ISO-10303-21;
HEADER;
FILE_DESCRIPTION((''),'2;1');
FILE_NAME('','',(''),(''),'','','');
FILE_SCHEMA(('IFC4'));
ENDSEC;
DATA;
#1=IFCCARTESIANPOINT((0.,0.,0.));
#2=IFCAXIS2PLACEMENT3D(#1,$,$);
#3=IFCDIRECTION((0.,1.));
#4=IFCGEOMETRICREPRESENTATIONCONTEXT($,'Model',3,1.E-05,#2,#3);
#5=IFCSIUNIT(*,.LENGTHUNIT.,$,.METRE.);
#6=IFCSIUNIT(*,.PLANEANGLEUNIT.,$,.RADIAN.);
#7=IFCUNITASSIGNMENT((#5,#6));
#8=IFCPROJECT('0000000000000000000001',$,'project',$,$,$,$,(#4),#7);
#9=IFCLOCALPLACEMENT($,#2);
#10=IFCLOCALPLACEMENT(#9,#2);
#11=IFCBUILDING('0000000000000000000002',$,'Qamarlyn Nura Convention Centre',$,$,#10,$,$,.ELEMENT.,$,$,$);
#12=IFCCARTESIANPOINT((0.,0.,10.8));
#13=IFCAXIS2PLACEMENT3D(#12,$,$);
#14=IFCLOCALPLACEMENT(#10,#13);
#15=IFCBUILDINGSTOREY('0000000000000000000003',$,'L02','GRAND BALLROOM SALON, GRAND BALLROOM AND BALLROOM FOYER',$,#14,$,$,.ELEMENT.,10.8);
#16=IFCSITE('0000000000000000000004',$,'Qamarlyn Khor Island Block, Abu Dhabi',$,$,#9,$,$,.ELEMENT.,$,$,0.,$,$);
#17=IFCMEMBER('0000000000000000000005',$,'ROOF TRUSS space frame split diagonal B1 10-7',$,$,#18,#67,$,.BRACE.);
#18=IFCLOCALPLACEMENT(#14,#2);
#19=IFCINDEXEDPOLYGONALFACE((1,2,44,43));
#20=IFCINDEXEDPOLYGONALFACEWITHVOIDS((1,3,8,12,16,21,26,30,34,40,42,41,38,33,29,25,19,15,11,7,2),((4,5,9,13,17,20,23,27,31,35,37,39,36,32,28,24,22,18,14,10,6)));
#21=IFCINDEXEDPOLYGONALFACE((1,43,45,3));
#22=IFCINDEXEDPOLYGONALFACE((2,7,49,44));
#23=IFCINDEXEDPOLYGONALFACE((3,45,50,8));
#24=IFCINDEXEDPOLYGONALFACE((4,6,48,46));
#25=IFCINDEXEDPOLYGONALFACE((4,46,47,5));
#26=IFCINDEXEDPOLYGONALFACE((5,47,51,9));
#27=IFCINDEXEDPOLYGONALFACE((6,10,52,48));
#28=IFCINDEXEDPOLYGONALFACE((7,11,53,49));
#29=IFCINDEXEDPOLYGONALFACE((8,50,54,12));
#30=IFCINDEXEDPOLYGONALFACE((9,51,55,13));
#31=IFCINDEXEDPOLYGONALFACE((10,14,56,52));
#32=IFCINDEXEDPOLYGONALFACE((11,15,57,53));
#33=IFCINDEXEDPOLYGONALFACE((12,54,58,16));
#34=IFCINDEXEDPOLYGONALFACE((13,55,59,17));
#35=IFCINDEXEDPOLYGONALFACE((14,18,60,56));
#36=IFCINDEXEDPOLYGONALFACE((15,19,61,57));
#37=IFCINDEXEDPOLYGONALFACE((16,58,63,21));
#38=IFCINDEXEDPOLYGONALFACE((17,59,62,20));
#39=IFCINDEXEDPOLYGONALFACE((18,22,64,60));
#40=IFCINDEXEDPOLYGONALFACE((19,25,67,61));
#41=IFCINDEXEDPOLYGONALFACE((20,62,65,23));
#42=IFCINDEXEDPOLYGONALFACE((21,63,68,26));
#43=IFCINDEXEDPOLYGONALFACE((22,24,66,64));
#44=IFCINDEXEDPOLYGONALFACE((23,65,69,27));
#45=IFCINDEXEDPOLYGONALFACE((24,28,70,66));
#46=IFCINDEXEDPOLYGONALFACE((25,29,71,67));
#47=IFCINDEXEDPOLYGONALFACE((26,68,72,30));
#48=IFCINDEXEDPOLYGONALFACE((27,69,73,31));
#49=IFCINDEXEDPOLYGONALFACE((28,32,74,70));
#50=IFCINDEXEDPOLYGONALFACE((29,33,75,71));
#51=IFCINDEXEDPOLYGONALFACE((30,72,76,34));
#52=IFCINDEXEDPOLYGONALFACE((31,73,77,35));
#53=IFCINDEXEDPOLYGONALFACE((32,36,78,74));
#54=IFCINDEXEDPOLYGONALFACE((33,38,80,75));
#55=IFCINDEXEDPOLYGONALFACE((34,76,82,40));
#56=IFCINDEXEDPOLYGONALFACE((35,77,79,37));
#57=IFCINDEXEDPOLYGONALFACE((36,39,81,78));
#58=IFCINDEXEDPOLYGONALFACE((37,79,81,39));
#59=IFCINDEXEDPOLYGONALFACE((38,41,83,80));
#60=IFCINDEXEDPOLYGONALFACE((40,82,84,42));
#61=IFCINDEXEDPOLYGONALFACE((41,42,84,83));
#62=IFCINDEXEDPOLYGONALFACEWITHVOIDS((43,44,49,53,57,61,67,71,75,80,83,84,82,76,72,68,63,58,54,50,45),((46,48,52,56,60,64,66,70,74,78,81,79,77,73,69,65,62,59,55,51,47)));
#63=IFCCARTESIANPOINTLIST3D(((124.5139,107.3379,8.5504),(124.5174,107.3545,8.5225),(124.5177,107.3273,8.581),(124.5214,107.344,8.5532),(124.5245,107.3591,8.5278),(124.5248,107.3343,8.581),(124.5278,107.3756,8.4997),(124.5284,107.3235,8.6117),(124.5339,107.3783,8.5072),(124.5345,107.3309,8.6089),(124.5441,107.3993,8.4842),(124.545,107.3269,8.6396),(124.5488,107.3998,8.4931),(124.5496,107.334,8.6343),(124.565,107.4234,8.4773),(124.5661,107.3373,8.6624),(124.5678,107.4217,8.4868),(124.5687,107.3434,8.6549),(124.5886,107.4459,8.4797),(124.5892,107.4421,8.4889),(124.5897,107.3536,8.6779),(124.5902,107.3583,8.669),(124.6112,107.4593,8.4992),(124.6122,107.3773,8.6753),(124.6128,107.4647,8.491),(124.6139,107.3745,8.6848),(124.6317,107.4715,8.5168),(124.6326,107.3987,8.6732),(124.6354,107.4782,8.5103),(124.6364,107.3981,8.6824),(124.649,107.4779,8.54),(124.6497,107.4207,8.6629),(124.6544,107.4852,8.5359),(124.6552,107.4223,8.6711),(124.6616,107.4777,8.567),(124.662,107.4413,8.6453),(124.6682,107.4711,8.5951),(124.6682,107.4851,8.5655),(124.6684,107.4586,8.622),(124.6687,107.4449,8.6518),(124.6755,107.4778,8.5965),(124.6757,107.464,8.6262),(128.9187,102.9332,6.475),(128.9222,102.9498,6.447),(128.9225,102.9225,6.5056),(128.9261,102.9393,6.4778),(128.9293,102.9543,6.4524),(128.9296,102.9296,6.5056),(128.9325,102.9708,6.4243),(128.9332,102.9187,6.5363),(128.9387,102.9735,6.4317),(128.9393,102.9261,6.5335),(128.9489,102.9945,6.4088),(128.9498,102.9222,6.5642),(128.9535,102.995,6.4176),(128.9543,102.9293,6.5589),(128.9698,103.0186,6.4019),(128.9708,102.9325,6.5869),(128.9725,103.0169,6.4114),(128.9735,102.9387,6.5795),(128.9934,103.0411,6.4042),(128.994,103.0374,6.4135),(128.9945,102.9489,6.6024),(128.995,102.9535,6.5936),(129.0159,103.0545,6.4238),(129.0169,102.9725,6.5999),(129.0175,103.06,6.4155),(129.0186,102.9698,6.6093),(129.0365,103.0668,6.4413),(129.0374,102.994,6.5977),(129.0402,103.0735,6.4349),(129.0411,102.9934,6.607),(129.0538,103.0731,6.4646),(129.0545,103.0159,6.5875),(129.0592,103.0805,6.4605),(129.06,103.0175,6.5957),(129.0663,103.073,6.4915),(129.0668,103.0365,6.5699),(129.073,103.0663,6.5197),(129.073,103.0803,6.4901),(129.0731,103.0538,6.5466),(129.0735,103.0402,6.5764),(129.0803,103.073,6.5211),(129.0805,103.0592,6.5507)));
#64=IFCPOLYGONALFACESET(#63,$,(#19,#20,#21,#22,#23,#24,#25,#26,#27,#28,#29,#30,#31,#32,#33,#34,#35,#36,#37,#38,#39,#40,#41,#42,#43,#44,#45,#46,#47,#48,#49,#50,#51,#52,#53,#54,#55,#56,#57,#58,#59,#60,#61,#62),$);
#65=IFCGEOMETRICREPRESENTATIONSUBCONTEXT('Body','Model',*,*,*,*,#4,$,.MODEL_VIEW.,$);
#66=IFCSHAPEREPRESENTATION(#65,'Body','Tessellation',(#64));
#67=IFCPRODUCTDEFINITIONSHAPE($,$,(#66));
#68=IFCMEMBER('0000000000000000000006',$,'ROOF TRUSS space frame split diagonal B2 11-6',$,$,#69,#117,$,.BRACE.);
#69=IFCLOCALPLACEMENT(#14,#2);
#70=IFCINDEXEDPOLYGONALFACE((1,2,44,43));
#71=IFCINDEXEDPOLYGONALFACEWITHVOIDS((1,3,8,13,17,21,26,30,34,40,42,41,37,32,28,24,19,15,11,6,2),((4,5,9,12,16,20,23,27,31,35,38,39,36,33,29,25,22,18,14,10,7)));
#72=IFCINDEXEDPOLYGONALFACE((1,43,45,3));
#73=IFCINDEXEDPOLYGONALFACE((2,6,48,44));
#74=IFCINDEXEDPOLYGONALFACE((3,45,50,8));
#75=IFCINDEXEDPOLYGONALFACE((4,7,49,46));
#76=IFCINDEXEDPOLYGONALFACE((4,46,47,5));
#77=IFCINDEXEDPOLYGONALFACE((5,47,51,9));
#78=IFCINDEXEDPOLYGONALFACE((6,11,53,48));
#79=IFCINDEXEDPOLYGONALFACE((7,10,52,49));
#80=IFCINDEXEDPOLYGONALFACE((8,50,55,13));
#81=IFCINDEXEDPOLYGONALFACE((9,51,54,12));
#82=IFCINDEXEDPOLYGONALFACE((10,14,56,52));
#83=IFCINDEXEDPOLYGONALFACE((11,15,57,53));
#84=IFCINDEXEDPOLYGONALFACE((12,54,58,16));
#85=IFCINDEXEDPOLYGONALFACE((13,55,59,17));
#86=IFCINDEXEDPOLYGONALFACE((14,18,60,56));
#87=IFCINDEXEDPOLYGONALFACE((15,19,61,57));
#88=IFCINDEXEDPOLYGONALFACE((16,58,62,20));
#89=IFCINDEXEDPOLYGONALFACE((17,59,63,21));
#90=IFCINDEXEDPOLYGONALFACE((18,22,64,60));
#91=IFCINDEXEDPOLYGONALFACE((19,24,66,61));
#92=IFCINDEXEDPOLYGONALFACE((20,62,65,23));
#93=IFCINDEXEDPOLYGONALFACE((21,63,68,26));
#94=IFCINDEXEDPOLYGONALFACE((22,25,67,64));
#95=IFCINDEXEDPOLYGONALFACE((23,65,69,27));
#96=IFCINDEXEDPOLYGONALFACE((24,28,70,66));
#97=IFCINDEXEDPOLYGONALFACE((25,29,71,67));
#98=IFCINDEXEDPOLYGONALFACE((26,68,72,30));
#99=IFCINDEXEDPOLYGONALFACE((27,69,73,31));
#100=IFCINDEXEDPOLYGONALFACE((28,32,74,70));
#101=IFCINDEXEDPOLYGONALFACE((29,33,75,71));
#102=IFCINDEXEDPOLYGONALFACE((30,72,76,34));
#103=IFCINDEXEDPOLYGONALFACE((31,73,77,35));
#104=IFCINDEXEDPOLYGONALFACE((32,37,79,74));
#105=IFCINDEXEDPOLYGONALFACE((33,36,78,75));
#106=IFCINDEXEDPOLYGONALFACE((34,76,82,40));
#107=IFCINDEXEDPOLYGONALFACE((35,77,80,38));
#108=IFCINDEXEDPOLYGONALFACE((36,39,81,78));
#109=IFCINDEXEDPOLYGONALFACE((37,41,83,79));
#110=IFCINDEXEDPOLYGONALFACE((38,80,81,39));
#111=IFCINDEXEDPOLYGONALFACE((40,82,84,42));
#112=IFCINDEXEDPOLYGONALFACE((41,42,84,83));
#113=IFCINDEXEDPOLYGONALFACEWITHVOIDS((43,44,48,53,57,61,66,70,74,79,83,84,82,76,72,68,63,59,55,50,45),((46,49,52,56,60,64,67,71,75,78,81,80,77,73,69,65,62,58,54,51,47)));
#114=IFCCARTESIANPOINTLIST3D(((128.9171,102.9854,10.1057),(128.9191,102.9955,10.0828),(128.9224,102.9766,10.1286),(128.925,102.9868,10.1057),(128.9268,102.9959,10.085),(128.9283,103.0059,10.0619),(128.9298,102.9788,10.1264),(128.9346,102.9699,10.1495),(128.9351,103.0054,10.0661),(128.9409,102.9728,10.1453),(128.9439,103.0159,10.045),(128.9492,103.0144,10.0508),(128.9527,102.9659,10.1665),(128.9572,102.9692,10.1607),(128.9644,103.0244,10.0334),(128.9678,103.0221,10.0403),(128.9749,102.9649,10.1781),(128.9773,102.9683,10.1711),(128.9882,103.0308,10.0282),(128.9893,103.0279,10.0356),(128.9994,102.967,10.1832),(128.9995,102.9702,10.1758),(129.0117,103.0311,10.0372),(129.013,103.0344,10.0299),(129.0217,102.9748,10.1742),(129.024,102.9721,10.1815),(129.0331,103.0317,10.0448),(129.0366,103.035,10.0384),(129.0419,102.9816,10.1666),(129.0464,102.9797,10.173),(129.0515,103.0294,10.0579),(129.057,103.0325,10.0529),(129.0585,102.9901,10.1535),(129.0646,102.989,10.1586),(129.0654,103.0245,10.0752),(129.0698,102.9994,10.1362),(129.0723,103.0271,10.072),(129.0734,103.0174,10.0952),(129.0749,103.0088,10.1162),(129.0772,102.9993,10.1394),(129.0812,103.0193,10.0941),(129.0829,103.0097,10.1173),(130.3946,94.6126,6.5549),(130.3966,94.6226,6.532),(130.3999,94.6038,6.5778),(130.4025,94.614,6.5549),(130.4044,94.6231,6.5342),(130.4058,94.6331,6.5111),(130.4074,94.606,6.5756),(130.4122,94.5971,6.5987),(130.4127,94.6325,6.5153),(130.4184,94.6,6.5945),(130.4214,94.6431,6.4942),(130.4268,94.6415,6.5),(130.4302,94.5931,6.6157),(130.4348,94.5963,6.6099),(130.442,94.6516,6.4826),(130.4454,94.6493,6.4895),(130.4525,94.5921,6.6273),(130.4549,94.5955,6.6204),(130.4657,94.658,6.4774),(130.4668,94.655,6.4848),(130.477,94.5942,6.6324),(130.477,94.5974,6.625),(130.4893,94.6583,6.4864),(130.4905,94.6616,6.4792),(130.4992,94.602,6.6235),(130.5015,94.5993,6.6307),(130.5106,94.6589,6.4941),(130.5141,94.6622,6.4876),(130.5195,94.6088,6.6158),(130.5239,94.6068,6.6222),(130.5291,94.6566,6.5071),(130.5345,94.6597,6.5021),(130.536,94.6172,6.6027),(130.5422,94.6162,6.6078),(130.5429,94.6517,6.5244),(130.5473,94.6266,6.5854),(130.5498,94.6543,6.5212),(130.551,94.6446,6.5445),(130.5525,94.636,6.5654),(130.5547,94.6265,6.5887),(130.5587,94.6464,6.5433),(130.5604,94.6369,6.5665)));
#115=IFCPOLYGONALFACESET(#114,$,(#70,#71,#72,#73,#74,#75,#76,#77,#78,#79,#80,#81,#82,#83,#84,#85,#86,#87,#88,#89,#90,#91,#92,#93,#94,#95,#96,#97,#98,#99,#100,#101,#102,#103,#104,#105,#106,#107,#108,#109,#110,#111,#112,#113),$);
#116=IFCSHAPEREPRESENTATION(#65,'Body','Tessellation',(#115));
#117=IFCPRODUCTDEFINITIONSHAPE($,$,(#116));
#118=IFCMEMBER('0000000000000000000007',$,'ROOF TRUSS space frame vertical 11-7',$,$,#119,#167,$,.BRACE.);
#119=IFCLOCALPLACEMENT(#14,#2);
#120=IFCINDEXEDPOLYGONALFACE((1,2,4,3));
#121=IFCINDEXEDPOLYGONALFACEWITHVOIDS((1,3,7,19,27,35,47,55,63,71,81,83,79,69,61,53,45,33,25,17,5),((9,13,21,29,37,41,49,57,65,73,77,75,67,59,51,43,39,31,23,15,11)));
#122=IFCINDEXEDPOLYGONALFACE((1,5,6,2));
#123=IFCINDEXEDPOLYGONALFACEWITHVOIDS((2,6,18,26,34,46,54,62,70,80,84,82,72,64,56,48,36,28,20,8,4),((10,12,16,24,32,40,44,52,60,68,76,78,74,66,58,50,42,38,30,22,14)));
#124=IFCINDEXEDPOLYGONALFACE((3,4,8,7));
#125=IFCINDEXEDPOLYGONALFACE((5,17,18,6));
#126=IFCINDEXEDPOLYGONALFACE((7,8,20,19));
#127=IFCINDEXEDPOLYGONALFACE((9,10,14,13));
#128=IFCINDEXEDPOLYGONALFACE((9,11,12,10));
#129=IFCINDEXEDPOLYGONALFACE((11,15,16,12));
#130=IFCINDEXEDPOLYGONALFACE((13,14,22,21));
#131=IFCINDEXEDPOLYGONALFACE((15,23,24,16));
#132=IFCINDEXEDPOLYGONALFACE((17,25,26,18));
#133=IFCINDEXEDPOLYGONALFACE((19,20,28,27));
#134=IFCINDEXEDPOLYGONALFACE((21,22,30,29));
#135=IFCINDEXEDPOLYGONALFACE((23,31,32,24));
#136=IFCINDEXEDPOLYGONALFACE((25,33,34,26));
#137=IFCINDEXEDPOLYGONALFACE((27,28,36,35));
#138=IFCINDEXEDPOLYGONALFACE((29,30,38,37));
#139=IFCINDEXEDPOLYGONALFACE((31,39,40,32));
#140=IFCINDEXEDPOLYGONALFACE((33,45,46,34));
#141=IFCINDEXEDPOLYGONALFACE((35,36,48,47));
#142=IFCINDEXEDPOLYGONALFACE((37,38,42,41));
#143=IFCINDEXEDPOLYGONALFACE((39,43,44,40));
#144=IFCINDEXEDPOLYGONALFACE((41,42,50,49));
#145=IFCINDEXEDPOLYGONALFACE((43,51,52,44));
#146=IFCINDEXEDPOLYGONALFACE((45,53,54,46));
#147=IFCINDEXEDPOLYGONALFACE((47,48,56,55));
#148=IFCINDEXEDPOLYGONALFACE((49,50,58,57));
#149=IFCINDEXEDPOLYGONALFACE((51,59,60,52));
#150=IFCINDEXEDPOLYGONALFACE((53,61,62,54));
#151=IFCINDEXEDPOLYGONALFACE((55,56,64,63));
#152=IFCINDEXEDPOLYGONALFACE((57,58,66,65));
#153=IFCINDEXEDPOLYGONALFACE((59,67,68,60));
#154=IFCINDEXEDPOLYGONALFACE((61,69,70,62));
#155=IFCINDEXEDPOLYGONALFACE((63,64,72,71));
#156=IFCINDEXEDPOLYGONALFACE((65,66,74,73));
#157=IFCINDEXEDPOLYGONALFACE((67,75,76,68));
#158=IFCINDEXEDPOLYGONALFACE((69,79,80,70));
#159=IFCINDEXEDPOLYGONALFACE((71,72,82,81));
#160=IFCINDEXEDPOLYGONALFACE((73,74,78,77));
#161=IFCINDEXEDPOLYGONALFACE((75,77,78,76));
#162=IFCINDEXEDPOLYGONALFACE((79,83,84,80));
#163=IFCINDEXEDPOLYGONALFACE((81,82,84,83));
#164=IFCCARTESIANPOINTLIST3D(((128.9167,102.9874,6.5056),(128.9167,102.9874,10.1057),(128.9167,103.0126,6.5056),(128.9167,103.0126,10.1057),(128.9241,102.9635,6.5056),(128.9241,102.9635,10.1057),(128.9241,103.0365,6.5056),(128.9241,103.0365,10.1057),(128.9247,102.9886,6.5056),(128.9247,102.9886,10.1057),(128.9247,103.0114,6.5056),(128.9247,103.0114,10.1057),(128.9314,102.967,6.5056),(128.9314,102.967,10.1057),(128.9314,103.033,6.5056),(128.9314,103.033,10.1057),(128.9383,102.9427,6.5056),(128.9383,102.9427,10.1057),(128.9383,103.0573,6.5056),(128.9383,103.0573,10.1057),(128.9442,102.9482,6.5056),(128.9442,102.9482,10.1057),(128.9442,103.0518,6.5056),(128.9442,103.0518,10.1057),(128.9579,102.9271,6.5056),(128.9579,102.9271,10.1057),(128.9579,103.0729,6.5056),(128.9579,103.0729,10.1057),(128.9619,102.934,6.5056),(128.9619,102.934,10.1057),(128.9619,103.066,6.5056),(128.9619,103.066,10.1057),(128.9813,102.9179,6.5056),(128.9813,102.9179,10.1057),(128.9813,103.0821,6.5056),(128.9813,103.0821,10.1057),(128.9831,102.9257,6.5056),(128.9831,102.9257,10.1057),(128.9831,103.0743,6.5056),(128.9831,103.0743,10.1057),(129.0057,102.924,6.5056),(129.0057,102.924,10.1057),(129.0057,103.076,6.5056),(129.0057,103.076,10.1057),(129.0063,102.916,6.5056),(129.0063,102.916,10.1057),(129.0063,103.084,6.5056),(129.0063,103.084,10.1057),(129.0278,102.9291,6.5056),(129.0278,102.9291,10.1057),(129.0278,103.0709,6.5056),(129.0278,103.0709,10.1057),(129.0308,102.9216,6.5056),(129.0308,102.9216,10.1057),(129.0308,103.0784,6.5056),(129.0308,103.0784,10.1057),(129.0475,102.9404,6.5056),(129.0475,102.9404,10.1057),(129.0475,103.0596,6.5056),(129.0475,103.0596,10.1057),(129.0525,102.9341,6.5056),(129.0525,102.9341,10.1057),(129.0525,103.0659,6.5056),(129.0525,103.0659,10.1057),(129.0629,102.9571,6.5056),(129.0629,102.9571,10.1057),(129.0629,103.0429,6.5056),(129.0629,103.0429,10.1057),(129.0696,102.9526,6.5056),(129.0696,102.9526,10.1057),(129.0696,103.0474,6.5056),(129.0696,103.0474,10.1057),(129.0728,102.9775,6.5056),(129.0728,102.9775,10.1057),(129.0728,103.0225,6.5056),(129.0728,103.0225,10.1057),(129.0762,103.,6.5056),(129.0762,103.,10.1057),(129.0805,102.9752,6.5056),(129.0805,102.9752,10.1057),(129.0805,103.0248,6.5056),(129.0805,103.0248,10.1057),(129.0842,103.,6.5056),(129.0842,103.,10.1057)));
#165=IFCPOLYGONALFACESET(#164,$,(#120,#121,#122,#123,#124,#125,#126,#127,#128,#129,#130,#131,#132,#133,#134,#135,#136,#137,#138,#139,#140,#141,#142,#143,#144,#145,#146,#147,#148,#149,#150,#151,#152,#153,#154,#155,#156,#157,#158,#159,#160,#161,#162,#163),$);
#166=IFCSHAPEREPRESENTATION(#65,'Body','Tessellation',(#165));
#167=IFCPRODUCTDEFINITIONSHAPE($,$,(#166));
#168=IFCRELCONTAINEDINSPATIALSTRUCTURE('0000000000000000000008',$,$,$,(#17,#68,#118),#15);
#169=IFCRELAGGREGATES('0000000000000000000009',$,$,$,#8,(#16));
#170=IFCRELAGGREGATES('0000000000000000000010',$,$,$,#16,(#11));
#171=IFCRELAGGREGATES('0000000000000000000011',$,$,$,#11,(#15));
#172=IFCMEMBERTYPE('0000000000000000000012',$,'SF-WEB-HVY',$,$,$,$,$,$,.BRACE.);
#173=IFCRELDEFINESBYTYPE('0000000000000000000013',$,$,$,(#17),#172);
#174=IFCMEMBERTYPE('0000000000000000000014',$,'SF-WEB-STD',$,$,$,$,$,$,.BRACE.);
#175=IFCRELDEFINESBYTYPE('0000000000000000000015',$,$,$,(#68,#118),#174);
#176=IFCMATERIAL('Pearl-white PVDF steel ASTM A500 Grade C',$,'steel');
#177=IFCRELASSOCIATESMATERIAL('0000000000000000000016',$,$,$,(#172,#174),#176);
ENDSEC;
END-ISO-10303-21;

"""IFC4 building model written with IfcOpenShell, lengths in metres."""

from ifc_helpers import new_model, si_unit, direction, frame, origin, origin_2d, place, context, subcontext, project, spatial, hollow_circle, extrude, material, material_profile, profile_set, type_object, element, save


model = new_model("IFC4")

# Units and contexts
model_context = context("Model", 3, precision=1e-05, world=origin(), true_north=direction((0.0, 1.0)))
body_context = subcontext(model_context, "Body", "Model", "MODEL_VIEW")
ifc_project = project(units=[si_unit("LENGTHUNIT", "METRE"), si_unit("PLANEANGLEUNIT", "RADIAN")], contexts=[model_context])

# Site, building, storey
site_placement = place(None, origin())
site = spatial("IfcSite", under=ifc_project, at=site_placement, Name="Qamarlyn Khor Island Block, Abu Dhabi", CompositionType="ELEMENT", RefElevation=0.0)
building_placement = place(site_placement, origin())
building = spatial("IfcBuilding", under=site, at=building_placement, Name="Qamarlyn Nura Convention Centre", CompositionType="ELEMENT")
storey_placement = place(building_placement, frame((0.0, 0.0, 10.8)))
storey = spatial("IfcBuildingStorey", under=building, at=storey_placement, Name="L02", Description="GRAND BALLROOM SALON, GRAND BALLROOM AND BALLROOM FOYER", CompositionType="ELEMENT", Elevation=10.8)

# Members
ifc_material_1 = material(Name="Pearl-white PVDF steel ASTM A500 Grade C", Category="steel")
ifc_material_profile_1 = material_profile(ifc_material_1, hollow_circle(Radius=0.1096, WallThickness=0.01, at=origin_2d()), Name="CHS219.1X10")
ifc_profile_set_1 = profile_set([ifc_material_profile_1], Name="Pearl-white PVDF steel ASTM A500 Grade C")
member_type_1 = type_object("IfcMemberType", Name="SF-WEB-HVY", PredefinedType="BRACE", material=ifc_profile_set_1)
member_1_placement = place(storey_placement, frame((129.0, 103.0, 6.5056), z_axis=(-0.670853, 0.670853, 0.316091), x_axis=(-0.707107, -0.707107, 0.0)))
element("IfcMember", 1, at=member_1_placement, inside=storey, type_object=member_type_1, Name="ROOF TRUSS space frame split diagonal B1 10-7", PredefinedType="BRACE", context=body_context, shape_type="SweptSolid", body=[
    extrude(hollow_circle(Radius=0.1096, WallThickness=0.01, at=origin_2d()), origin(), (0.0, 0.0, 1.0), 6.5659),
])
ifc_material_profile_2 = material_profile(ifc_material_1, hollow_circle(Radius=0.0842, WallThickness=0.0081, at=origin_2d()), Name="CHS168.3X8")
ifc_profile_set_2 = profile_set([ifc_material_profile_2], Name="Pearl-white PVDF steel ASTM A500 Grade C")
member_type_2 = type_object("IfcMemberType", Name="SF-WEB-STD", PredefinedType="BRACE", material=ifc_profile_set_2)
member_2_placement = place(storey_placement, frame((130.4775, 94.6272, 6.5549), z_axis=(-0.160361, 0.908719, 0.385374), x_axis=(-0.984784, -0.173784, 0.0)))
element("IfcMember", 2, at=member_2_placement, inside=storey, type_object=member_type_2, Name="ROOF TRUSS space frame split diagonal B2 11-6", PredefinedType="BRACE", context=body_context, shape_type="SweptSolid", body=[
    extrude(hollow_circle(Radius=0.0842, WallThickness=0.0081, at=origin_2d()), origin(), (0.0, 0.0, 1.0), 9.2139),
])
member_3_placement = place(storey_placement, frame((129.0, 103.0, 6.5056), z_axis=(0.0, 0.0, 1.0), x_axis=(1.0, 0.0, 0.0)))
element("IfcMember", 3, at=member_3_placement, inside=storey, type_object=member_type_2, Name="ROOF TRUSS space frame vertical 11-7", PredefinedType="BRACE", context=body_context, shape_type="SweptSolid", body=[
    extrude(hollow_circle(Radius=0.0842, WallThickness=0.0081, at=origin_2d()), origin(), (0.0, 0.0, 1.0), 3.6001),
])

save(model, "model.ifc")
